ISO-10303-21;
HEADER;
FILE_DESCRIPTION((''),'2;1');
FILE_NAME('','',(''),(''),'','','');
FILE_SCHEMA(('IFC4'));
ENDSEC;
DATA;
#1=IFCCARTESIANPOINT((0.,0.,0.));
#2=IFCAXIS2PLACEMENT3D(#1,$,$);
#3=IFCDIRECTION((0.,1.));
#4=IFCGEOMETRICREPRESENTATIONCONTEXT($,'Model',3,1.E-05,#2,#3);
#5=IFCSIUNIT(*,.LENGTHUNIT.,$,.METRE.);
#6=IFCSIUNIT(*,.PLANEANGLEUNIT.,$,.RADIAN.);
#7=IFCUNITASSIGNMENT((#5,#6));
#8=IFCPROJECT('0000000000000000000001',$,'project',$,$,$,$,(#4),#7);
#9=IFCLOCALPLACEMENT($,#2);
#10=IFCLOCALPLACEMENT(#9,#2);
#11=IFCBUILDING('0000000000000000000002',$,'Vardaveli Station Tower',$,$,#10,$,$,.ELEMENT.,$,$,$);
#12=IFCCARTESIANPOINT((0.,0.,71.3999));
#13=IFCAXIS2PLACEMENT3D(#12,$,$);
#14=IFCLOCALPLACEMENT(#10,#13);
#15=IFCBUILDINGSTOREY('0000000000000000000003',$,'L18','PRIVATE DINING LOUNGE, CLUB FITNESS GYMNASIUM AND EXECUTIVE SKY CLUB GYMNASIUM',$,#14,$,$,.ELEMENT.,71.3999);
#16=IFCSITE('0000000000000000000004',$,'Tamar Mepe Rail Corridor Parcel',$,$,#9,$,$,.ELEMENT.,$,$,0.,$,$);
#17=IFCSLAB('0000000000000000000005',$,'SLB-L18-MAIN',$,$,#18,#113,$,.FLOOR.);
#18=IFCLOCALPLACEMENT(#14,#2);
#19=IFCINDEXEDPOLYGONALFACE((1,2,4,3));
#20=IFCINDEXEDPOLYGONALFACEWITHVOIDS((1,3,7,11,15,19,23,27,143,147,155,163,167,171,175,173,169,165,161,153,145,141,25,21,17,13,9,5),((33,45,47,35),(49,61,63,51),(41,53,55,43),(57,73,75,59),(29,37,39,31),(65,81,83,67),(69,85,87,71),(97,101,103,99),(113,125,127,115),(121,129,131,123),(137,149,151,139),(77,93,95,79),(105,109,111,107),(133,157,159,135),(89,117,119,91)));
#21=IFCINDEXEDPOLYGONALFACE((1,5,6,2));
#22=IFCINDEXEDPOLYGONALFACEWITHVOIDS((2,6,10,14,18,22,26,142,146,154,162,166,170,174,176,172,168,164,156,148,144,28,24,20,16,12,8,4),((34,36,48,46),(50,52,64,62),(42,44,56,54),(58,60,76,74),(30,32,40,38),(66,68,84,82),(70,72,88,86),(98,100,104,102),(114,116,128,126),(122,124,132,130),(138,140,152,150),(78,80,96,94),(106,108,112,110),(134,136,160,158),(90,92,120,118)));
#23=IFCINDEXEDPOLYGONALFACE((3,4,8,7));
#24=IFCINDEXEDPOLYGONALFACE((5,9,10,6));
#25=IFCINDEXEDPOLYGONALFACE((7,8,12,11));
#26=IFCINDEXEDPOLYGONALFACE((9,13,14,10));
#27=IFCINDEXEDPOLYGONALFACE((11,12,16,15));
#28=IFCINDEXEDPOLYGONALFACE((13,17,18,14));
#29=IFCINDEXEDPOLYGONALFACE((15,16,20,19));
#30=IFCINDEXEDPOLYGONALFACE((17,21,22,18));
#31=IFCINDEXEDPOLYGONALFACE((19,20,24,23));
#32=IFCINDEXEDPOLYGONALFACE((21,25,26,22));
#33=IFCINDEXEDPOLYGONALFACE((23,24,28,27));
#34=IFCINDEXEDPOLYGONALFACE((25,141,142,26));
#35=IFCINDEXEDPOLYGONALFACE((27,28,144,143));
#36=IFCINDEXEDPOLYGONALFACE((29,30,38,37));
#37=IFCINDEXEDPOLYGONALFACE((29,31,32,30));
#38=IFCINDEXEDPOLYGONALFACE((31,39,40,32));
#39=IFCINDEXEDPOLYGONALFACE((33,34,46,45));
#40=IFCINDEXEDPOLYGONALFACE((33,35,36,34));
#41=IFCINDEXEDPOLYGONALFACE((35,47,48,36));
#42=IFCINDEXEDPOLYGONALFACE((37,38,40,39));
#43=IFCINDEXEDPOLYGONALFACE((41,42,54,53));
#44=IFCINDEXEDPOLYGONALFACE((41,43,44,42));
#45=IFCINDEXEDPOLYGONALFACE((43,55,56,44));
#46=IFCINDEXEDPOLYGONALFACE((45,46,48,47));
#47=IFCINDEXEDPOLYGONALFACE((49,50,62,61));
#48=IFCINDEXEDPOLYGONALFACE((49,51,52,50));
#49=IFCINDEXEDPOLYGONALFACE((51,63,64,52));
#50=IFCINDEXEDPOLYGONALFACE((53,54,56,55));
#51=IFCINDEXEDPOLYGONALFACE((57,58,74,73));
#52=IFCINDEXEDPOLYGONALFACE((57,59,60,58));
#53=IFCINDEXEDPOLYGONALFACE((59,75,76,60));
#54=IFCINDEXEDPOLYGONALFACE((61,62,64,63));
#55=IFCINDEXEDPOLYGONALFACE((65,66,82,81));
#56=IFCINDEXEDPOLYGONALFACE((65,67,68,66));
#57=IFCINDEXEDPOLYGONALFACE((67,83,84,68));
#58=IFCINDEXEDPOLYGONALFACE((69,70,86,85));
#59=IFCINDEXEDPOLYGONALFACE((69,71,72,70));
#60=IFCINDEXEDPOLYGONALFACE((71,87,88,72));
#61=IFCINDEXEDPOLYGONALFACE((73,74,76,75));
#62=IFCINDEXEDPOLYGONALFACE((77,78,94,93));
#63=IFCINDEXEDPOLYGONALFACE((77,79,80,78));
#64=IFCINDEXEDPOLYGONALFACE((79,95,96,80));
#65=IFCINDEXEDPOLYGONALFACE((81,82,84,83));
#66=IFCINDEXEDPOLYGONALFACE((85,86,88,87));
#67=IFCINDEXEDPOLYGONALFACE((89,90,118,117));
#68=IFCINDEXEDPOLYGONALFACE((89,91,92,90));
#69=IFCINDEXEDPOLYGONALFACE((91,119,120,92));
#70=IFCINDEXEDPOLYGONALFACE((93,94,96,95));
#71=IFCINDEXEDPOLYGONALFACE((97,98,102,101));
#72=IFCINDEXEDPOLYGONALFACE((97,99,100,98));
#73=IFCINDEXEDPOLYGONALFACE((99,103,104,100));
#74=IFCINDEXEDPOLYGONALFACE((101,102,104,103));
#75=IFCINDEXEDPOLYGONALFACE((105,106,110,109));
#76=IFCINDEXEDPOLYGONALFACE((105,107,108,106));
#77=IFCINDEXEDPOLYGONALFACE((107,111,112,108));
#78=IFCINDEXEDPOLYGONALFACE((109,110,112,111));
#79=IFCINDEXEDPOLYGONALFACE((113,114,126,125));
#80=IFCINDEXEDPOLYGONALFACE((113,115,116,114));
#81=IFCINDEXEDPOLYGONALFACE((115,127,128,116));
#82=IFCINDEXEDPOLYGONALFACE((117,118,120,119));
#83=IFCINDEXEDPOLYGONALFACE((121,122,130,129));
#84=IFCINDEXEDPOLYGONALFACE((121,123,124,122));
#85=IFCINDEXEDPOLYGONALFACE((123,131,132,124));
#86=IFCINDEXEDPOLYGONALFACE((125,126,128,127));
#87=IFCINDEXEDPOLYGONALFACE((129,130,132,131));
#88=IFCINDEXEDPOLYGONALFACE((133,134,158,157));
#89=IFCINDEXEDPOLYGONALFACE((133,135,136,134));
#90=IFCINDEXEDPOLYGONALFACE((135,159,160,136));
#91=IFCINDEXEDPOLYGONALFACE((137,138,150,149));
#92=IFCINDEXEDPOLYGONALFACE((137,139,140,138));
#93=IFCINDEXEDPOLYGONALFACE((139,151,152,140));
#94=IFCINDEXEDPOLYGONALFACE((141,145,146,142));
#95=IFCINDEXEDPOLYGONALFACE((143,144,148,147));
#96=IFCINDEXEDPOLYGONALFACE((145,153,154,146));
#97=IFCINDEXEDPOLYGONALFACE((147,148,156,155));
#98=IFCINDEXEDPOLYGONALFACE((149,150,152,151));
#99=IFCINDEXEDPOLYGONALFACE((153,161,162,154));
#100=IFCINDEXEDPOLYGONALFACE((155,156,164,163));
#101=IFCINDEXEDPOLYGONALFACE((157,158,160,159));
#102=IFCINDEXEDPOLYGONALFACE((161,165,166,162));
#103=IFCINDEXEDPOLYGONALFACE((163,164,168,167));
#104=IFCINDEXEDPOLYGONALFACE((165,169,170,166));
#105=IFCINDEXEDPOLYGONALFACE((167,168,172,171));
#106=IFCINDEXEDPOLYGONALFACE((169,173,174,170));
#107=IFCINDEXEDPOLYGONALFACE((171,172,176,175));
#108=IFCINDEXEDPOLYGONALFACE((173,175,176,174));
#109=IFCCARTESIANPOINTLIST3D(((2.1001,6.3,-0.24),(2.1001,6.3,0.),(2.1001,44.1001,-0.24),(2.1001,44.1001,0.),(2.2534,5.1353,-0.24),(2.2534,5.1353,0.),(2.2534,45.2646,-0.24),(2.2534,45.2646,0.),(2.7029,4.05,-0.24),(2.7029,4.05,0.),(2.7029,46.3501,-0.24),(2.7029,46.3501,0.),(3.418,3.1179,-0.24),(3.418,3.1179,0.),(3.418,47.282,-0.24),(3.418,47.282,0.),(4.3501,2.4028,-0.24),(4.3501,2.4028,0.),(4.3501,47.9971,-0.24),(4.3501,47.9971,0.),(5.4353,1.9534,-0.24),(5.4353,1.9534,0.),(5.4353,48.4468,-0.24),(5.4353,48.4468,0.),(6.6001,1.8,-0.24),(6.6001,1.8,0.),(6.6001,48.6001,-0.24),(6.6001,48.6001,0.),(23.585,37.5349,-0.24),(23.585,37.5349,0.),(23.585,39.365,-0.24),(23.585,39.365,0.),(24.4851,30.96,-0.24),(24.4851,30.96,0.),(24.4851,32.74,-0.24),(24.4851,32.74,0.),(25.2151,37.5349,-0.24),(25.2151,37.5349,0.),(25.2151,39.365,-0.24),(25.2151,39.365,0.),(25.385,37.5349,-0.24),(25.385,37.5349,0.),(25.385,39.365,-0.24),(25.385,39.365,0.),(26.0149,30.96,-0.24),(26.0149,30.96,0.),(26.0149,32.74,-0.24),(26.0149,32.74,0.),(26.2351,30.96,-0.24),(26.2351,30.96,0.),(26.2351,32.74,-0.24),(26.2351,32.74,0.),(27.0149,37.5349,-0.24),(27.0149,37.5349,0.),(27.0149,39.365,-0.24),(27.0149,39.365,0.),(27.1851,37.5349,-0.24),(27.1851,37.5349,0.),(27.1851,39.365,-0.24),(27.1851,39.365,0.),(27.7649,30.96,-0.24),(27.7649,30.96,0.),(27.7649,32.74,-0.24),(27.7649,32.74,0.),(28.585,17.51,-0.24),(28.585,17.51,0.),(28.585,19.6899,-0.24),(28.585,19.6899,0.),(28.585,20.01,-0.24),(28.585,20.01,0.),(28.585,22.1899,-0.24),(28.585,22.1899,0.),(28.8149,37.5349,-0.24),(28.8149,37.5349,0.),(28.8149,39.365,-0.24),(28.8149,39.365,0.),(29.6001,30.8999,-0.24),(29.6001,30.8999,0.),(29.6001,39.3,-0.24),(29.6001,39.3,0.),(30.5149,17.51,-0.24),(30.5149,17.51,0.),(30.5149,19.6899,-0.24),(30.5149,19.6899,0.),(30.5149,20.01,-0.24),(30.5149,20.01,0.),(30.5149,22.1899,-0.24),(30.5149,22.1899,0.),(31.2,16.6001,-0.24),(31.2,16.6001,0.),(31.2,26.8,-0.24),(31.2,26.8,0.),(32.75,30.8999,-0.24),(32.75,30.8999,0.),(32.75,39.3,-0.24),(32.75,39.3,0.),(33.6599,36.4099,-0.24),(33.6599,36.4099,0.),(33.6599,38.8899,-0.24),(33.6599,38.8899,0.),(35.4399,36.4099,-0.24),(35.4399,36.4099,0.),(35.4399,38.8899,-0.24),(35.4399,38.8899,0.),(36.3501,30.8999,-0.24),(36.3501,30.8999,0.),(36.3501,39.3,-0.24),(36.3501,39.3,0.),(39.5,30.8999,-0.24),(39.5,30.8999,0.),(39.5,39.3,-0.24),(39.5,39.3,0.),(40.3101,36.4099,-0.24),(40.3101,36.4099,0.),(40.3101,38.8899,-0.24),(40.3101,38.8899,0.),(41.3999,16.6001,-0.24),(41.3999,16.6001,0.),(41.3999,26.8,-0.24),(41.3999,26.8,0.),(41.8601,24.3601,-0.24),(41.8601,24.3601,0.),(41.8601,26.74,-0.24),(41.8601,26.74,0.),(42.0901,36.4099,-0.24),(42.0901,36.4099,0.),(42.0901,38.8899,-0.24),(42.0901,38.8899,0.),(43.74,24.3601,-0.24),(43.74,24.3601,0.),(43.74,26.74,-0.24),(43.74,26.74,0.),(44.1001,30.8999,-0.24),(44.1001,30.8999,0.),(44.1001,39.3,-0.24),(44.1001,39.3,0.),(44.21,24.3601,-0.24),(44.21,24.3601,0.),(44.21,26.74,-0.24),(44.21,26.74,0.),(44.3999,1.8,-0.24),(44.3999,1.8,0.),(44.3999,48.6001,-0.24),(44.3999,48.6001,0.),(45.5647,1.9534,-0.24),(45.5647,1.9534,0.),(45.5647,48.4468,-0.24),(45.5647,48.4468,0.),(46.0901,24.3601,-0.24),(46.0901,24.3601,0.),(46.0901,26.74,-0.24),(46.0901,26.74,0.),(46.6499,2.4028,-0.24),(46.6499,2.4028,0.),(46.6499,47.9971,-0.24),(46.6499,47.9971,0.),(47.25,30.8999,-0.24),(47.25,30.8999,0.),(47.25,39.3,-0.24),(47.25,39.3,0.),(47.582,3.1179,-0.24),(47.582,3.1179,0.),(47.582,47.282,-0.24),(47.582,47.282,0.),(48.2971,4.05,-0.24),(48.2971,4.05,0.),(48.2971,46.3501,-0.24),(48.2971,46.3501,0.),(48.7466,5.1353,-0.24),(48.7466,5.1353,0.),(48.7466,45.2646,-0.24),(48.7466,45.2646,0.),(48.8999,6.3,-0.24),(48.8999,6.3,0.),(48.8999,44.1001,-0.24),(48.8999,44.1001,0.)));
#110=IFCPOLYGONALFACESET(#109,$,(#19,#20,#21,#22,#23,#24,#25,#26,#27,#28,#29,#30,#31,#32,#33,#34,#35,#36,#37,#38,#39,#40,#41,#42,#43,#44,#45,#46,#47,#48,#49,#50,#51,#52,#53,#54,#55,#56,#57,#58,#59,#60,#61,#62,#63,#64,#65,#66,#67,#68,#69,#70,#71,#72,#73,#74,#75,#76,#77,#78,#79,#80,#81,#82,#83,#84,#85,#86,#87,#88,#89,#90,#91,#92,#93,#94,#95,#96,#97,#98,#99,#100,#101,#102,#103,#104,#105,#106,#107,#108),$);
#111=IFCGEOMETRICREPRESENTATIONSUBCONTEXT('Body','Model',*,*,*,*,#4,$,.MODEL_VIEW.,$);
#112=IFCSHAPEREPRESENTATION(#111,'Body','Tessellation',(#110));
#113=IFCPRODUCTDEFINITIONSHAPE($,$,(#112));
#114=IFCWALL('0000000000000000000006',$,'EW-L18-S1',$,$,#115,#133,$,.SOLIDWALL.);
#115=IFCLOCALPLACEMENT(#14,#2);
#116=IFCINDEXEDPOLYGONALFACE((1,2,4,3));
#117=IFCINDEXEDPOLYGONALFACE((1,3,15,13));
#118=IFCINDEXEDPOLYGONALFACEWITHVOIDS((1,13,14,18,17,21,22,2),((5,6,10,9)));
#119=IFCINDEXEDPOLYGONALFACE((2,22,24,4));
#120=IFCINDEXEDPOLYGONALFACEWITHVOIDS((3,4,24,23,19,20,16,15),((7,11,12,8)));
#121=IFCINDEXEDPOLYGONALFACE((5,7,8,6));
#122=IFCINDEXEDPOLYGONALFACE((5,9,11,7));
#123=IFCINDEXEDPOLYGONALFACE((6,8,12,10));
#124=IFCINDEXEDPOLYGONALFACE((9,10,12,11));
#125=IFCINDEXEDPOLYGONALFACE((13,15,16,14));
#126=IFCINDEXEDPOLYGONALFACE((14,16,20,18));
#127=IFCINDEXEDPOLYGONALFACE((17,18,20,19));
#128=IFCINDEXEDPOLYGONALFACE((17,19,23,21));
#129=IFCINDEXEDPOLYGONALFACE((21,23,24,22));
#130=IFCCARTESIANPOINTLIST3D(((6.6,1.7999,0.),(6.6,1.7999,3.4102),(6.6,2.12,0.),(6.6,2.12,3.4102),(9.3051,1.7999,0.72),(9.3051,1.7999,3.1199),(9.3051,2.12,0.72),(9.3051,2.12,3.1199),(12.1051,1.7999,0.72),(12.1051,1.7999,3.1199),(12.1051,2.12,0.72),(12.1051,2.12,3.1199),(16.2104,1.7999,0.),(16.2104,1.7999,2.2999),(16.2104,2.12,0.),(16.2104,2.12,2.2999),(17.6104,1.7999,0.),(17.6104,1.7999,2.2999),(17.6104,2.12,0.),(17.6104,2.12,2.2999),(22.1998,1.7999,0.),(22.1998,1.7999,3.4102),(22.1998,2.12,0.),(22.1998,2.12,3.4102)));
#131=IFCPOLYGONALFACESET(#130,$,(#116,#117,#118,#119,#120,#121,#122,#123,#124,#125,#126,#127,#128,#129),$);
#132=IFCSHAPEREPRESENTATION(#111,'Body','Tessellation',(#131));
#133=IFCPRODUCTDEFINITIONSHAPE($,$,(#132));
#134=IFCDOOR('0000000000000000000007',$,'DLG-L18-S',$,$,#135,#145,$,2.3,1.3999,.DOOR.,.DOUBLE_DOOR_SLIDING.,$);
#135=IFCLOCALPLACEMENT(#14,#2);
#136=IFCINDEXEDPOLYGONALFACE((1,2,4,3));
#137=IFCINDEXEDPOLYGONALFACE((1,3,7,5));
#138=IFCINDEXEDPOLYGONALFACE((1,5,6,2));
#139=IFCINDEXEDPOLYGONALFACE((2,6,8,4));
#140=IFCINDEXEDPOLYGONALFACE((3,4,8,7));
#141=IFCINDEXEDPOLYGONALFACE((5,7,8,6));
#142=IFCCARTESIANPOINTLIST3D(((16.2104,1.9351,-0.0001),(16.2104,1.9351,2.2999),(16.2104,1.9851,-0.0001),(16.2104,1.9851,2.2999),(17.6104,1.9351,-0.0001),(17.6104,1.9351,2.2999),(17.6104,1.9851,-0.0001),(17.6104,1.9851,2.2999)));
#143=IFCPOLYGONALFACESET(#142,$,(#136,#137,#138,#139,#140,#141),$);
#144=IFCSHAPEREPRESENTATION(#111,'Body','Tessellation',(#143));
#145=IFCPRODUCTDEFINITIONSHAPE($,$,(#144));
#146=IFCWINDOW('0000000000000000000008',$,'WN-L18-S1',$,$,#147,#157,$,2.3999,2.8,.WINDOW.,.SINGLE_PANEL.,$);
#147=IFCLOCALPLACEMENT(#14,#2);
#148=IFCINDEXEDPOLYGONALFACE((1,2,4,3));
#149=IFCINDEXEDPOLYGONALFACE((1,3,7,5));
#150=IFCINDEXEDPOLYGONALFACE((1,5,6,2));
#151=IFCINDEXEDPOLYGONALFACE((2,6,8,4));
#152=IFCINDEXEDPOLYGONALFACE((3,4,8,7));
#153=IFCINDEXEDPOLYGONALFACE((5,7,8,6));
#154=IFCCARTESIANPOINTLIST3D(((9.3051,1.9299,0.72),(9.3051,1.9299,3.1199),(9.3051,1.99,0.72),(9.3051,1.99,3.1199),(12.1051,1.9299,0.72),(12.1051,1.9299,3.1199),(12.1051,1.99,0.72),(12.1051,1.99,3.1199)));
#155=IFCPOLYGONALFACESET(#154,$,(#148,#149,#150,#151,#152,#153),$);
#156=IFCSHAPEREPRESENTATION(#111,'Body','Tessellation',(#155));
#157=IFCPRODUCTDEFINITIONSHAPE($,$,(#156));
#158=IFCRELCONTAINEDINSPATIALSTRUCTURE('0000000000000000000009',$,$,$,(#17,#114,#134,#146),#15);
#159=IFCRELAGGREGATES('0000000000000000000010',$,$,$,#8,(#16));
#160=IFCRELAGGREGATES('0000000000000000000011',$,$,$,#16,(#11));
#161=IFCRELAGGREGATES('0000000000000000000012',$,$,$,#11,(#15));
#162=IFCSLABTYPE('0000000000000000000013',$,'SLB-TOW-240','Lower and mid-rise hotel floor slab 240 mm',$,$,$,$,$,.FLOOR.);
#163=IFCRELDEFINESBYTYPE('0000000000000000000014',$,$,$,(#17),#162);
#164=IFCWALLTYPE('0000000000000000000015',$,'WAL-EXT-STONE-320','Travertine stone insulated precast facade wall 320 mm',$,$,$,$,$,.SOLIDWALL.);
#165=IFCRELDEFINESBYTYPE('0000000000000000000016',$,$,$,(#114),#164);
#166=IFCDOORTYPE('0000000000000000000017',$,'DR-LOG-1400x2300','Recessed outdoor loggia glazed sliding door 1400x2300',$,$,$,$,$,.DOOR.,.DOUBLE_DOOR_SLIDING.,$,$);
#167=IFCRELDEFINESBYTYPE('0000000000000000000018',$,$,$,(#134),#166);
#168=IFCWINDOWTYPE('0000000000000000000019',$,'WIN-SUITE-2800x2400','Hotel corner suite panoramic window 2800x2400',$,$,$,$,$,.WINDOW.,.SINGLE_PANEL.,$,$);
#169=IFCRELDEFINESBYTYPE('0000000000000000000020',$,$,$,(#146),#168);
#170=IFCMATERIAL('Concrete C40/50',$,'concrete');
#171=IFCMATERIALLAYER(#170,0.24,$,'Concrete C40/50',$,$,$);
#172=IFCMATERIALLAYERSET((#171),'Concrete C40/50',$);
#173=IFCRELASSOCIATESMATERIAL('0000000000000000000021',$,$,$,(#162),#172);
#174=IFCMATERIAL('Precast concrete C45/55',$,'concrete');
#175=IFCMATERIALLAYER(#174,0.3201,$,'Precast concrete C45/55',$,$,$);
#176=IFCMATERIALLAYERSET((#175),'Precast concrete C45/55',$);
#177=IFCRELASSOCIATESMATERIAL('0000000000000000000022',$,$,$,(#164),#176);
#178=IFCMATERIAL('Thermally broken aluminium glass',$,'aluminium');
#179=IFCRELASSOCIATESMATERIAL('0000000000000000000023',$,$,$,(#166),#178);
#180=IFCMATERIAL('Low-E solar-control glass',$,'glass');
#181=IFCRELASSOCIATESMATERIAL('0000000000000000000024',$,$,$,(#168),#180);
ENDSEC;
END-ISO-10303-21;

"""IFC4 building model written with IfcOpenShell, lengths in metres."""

from ifc_helpers import new_model, si_unit, direction, frame, frame_2d, origin, place, context, subcontext, project, spatial, polyline, rectangle, outline, extrude, source, transform, mapped, material, layer, layer_set, type_object, element, fill, save


model = new_model("IFC4")

# Units and contexts
model_context = context("Model", 3, precision=1e-05, world=origin(), true_north=direction((0.0, 1.0)))
body_context = subcontext(model_context, "Body", "Model", "MODEL_VIEW")
ifc_project = project(units=[si_unit("LENGTHUNIT", "METRE"), si_unit("PLANEANGLEUNIT", "RADIAN")], contexts=[model_context])

# Site, building, storey
site_placement = place(None, origin())
site = spatial("IfcSite", under=ifc_project, at=site_placement, Name="Tamar Mepe Rail Corridor Parcel", CompositionType="ELEMENT", RefElevation=0.0)
building_placement = place(site_placement, origin())
building = spatial("IfcBuilding", under=site, at=building_placement, Name="Vardaveli Station Tower", CompositionType="ELEMENT")
storey_placement = place(building_placement, frame((0.0, 0.0, 71.3999)))
storey = spatial("IfcBuildingStorey", under=building, at=storey_placement, Name="L18", Description="PRIVATE DINING LOUNGE, CLUB FITNESS GYMNASIUM AND EXECUTIVE SKY CLUB GYMNASIUM", CompositionType="ELEMENT", Elevation=71.3999)

# Shared definitions
ifc_material_1 = material(Name="Concrete C40/50", Category="concrete")

# Slab
ifc_material_2 = material(Name="Precast concrete C45/55", Category="concrete")
ifc_layer_1 = layer(ifc_material_1, 0.24, Name="Concrete C40/50")
ifc_layer_set_1 = layer_set([ifc_layer_1], Name="Concrete C40/50")
slab_type_1 = type_object("IfcSlabType", Name="SLB-TOW-240", Description="Lower and mid-rise hotel floor slab 240 mm", PredefinedType="FLOOR", material=ifc_layer_set_1)
slab_1_placement = place(storey_placement, frame((0.0, 0.0, -0.24)))
element("IfcSlab", 1, at=slab_1_placement, inside=storey, type_object=slab_type_1, Name="SLB-L18-MAIN", PredefinedType="FLOOR", context=body_context, shape_type="SweptSolid", body=[
    extrude(outline(polyline([(2.1001, 6.3), (2.2534, 5.1353), (2.7029, 4.05), (3.418, 3.1179), (4.3501, 2.4028), (5.4353, 1.9534), (6.6001, 1.8), (44.3999, 1.8), (45.5647, 1.9534), (46.6499, 2.4028), (47.582, 3.1179), (48.2971, 4.05), (48.7466, 5.1353), (48.8999, 6.3), (48.8999, 44.1001), (48.7466, 45.2646), (48.2971, 46.3501), (47.582, 47.282), (46.6499, 47.9971), (45.5647, 48.4468), (44.3999, 48.6001), (6.6001, 48.6001), (5.4353, 48.4468), (4.3501, 47.9971), (3.418, 47.282), (2.7029, 46.3501), (2.2534, 45.2646), (2.1001, 44.1001), (2.1001, 6.3)]), holes=[polyline([(31.2, 16.6001), (41.3999, 16.6001), (41.3999, 26.8), (31.2, 26.8), (31.2, 16.6001)]), polyline([(32.75, 30.8999), (32.75, 39.3), (29.6001, 39.3), (29.6001, 30.8999), (32.75, 30.8999)]), polyline([(39.5, 30.8999), (39.5, 39.3), (36.3501, 39.3), (36.3501, 30.8999), (39.5, 30.8999)]), polyline([(47.25, 30.8999), (47.25, 39.3), (44.1001, 39.3), (44.1001, 30.8999), (47.25, 30.8999)]), polyline([(23.585, 37.5349), (25.2151, 37.5349), (25.2151, 39.365), (23.585, 39.365), (23.585, 37.5349)]), polyline([(25.385, 37.5349), (27.0149, 37.5349), (27.0149, 39.365), (25.385, 39.365), (25.385, 37.5349)]), polyline([(27.1851, 37.5349), (28.8149, 37.5349), (28.8149, 39.365), (27.1851, 39.365), (27.1851, 37.5349)]), polyline([(33.6599, 36.4099), (35.4399, 36.4099), (35.4399, 38.8899), (33.6599, 38.8899), (33.6599, 36.4099)]), polyline([(40.3101, 36.4099), (42.0901, 36.4099), (42.0901, 38.8899), (40.3101, 38.8899), (40.3101, 36.4099)]), polyline([(24.4851, 30.96), (26.0149, 30.96), (26.0149, 32.74), (24.4851, 32.74), (24.4851, 30.96)]), polyline([(26.2351, 30.96), (27.7649, 30.96), (27.7649, 32.74), (26.2351, 32.74), (26.2351, 30.96)]), polyline([(28.585, 17.51), (30.5149, 17.51), (30.5149, 19.6899), (28.585, 19.6899), (28.585, 17.51)]), polyline([(28.585, 20.01), (30.5149, 20.01), (30.5149, 22.1899), (28.585, 22.1899), (28.585, 20.01)]), polyline([(41.8601, 24.3601), (43.74, 24.3601), (43.74, 26.74), (41.8601, 26.74), (41.8601, 24.3601)]), polyline([(44.21, 24.3601), (46.0901, 24.3601), (46.0901, 26.74), (44.21, 26.74), (44.21, 24.3601)])]), origin(), (0.0, 0.0, 1.0), 0.24),
])

# Wall, openings, door, window
ifc_layer_2 = layer(ifc_material_2, 0.3201, Name="Precast concrete C45/55")
ifc_layer_set_2 = layer_set([ifc_layer_2], Name="Precast concrete C45/55")
wall_type = type_object("IfcWallType", Name="WAL-EXT-STONE-320", Description="Travertine stone insulated precast facade wall 320 mm", PredefinedType="SOLIDWALL", material=ifc_layer_set_2)
shared_shape_1 = source(origin(), body_context, "Body", "SweptSolid", [
    extrude(rectangle(XDim=15.5999, YDim=0.3201, at=frame_2d((7.7998, 0.0))), origin(), (0.0, 0.0, 1.0), 3.4102),
])
wall_1_placement = place(storey_placement, frame((6.6001, 1.96, 0.0), z_axis=(0.0, 0.0, 1.0), x_axis=(1.0, 0.0, 0.0)))
wall_1 = element("IfcWall", 2, at=wall_1_placement, inside=storey, type_object=wall_type, Name="EW-L18-S1", PredefinedType="SOLIDWALL", context=body_context, shape_type="MappedRepresentation", body=[
    mapped(shared_shape_1, transform((0.0, 0.0, 0.0), scale=1.0)),
])
shared_shape_2 = source(origin(), body_context, "Body", "SweptSolid", [
    extrude(rectangle(XDim=1.3999, YDim=2.3, at=frame_2d((0.7, 1.1499))), frame((0.0, 0.1699, 0.0), z_axis=(0.0, -1.0, 0.0), x_axis=(1.0, 0.0, 0.0)), (0.0, 0.0, 1.0), 0.3401),
])
opening_1_placement = place(wall_1_placement, frame((9.6104, 0.0, 0.0)))
opening_1 = element("IfcOpeningElement", 3, at=opening_1_placement, cuts=wall_1, PredefinedType="OPENING", context=body_context, shape_type="MappedRepresentation", body=[
    mapped(shared_shape_2, transform((0.0, 0.0, 0.0), scale=1.0)),
])
shared_shape_3 = source(origin(), body_context, "Body", "SweptSolid", [
    extrude(rectangle(XDim=2.8, YDim=2.3999, at=frame_2d((1.3999, 1.2))), frame((0.0, 0.1699, 0.0), z_axis=(0.0, -1.0, 0.0), x_axis=(1.0, 0.0, 0.0)), (0.0, 0.0, 1.0), 0.3401),
])
opening_2_placement = place(wall_1_placement, frame((2.7051, 0.0, 0.72)))
opening_2 = element("IfcOpeningElement", 4, at=opening_2_placement, cuts=wall_1, PredefinedType="OPENING", context=body_context, shape_type="MappedRepresentation", body=[
    mapped(shared_shape_3, transform((0.0, 0.0, 0.0), scale=1.0)),
])
ifc_material_3 = material(Name="Thermally broken aluminium glass", Category="aluminium")
door_type = type_object("IfcDoorType", Name="DR-LOG-1400x2300", Description="Recessed outdoor loggia glazed sliding door 1400x2300", OperationType="DOUBLE_DOOR_SLIDING", PredefinedType="DOOR", material=ifc_material_3)
shared_shape_4 = source(origin(), body_context, "Body", "SweptSolid", [
    extrude(rectangle(XDim=1.3999, YDim=2.3, at=frame_2d((0.7, 1.1499))), frame((0.0, 0.0249, 0.0), z_axis=(0.0, -1.0, 0.0), x_axis=(1.0, 0.0, 0.0)), (0.0, 0.0, 1.0), 0.05),
])
door_placement = place(opening_1_placement, frame((1.3999, 0.0, 0.0), z_axis=(0.0, 0.0, 1.0), x_axis=(-1.0, 0.0, 0.0)))
door = element("IfcDoor", 5, at=door_placement, inside=storey, type_object=door_type, Name="DLG-L18-S", OperationType="DOUBLE_DOOR_SLIDING", OverallHeight=2.3, OverallWidth=1.3999, PredefinedType="DOOR", context=body_context, shape_type="MappedRepresentation", body=[
    mapped(shared_shape_4, transform((0.0, 0.0, 0.0), scale=1.0)),
])
fill(opening_1, door)
ifc_material_4 = material(Name="Low-E solar-control glass", Category="glass")
window_type = type_object("IfcWindowType", Name="WIN-SUITE-2800x2400", Description="Hotel corner suite panoramic window 2800x2400", PartitioningType="SINGLE_PANEL", PredefinedType="WINDOW", material=ifc_material_4)
shared_shape_5 = source(origin(), body_context, "Body", "SweptSolid", [
    extrude(rectangle(XDim=2.8, YDim=2.3999, at=frame_2d((1.3999, 1.2))), frame((0.0, 0.03, 0.0), z_axis=(0.0, -1.0, 0.0), x_axis=(1.0, 0.0, 0.0)), (0.0, 0.0, 1.0), 0.0601),
])
window_placement = place(opening_2_placement, origin())
window = element("IfcWindow", 6, at=window_placement, inside=storey, type_object=window_type, Name="WN-L18-S1", OverallHeight=2.3999, OverallWidth=2.8, PartitioningType="SINGLE_PANEL", PredefinedType="WINDOW", context=body_context, shape_type="MappedRepresentation", body=[
    mapped(shared_shape_5, transform((0.0, 0.0, 0.0), scale=1.0)),
])
fill(opening_2, window)

save(model, "model.ifc")
